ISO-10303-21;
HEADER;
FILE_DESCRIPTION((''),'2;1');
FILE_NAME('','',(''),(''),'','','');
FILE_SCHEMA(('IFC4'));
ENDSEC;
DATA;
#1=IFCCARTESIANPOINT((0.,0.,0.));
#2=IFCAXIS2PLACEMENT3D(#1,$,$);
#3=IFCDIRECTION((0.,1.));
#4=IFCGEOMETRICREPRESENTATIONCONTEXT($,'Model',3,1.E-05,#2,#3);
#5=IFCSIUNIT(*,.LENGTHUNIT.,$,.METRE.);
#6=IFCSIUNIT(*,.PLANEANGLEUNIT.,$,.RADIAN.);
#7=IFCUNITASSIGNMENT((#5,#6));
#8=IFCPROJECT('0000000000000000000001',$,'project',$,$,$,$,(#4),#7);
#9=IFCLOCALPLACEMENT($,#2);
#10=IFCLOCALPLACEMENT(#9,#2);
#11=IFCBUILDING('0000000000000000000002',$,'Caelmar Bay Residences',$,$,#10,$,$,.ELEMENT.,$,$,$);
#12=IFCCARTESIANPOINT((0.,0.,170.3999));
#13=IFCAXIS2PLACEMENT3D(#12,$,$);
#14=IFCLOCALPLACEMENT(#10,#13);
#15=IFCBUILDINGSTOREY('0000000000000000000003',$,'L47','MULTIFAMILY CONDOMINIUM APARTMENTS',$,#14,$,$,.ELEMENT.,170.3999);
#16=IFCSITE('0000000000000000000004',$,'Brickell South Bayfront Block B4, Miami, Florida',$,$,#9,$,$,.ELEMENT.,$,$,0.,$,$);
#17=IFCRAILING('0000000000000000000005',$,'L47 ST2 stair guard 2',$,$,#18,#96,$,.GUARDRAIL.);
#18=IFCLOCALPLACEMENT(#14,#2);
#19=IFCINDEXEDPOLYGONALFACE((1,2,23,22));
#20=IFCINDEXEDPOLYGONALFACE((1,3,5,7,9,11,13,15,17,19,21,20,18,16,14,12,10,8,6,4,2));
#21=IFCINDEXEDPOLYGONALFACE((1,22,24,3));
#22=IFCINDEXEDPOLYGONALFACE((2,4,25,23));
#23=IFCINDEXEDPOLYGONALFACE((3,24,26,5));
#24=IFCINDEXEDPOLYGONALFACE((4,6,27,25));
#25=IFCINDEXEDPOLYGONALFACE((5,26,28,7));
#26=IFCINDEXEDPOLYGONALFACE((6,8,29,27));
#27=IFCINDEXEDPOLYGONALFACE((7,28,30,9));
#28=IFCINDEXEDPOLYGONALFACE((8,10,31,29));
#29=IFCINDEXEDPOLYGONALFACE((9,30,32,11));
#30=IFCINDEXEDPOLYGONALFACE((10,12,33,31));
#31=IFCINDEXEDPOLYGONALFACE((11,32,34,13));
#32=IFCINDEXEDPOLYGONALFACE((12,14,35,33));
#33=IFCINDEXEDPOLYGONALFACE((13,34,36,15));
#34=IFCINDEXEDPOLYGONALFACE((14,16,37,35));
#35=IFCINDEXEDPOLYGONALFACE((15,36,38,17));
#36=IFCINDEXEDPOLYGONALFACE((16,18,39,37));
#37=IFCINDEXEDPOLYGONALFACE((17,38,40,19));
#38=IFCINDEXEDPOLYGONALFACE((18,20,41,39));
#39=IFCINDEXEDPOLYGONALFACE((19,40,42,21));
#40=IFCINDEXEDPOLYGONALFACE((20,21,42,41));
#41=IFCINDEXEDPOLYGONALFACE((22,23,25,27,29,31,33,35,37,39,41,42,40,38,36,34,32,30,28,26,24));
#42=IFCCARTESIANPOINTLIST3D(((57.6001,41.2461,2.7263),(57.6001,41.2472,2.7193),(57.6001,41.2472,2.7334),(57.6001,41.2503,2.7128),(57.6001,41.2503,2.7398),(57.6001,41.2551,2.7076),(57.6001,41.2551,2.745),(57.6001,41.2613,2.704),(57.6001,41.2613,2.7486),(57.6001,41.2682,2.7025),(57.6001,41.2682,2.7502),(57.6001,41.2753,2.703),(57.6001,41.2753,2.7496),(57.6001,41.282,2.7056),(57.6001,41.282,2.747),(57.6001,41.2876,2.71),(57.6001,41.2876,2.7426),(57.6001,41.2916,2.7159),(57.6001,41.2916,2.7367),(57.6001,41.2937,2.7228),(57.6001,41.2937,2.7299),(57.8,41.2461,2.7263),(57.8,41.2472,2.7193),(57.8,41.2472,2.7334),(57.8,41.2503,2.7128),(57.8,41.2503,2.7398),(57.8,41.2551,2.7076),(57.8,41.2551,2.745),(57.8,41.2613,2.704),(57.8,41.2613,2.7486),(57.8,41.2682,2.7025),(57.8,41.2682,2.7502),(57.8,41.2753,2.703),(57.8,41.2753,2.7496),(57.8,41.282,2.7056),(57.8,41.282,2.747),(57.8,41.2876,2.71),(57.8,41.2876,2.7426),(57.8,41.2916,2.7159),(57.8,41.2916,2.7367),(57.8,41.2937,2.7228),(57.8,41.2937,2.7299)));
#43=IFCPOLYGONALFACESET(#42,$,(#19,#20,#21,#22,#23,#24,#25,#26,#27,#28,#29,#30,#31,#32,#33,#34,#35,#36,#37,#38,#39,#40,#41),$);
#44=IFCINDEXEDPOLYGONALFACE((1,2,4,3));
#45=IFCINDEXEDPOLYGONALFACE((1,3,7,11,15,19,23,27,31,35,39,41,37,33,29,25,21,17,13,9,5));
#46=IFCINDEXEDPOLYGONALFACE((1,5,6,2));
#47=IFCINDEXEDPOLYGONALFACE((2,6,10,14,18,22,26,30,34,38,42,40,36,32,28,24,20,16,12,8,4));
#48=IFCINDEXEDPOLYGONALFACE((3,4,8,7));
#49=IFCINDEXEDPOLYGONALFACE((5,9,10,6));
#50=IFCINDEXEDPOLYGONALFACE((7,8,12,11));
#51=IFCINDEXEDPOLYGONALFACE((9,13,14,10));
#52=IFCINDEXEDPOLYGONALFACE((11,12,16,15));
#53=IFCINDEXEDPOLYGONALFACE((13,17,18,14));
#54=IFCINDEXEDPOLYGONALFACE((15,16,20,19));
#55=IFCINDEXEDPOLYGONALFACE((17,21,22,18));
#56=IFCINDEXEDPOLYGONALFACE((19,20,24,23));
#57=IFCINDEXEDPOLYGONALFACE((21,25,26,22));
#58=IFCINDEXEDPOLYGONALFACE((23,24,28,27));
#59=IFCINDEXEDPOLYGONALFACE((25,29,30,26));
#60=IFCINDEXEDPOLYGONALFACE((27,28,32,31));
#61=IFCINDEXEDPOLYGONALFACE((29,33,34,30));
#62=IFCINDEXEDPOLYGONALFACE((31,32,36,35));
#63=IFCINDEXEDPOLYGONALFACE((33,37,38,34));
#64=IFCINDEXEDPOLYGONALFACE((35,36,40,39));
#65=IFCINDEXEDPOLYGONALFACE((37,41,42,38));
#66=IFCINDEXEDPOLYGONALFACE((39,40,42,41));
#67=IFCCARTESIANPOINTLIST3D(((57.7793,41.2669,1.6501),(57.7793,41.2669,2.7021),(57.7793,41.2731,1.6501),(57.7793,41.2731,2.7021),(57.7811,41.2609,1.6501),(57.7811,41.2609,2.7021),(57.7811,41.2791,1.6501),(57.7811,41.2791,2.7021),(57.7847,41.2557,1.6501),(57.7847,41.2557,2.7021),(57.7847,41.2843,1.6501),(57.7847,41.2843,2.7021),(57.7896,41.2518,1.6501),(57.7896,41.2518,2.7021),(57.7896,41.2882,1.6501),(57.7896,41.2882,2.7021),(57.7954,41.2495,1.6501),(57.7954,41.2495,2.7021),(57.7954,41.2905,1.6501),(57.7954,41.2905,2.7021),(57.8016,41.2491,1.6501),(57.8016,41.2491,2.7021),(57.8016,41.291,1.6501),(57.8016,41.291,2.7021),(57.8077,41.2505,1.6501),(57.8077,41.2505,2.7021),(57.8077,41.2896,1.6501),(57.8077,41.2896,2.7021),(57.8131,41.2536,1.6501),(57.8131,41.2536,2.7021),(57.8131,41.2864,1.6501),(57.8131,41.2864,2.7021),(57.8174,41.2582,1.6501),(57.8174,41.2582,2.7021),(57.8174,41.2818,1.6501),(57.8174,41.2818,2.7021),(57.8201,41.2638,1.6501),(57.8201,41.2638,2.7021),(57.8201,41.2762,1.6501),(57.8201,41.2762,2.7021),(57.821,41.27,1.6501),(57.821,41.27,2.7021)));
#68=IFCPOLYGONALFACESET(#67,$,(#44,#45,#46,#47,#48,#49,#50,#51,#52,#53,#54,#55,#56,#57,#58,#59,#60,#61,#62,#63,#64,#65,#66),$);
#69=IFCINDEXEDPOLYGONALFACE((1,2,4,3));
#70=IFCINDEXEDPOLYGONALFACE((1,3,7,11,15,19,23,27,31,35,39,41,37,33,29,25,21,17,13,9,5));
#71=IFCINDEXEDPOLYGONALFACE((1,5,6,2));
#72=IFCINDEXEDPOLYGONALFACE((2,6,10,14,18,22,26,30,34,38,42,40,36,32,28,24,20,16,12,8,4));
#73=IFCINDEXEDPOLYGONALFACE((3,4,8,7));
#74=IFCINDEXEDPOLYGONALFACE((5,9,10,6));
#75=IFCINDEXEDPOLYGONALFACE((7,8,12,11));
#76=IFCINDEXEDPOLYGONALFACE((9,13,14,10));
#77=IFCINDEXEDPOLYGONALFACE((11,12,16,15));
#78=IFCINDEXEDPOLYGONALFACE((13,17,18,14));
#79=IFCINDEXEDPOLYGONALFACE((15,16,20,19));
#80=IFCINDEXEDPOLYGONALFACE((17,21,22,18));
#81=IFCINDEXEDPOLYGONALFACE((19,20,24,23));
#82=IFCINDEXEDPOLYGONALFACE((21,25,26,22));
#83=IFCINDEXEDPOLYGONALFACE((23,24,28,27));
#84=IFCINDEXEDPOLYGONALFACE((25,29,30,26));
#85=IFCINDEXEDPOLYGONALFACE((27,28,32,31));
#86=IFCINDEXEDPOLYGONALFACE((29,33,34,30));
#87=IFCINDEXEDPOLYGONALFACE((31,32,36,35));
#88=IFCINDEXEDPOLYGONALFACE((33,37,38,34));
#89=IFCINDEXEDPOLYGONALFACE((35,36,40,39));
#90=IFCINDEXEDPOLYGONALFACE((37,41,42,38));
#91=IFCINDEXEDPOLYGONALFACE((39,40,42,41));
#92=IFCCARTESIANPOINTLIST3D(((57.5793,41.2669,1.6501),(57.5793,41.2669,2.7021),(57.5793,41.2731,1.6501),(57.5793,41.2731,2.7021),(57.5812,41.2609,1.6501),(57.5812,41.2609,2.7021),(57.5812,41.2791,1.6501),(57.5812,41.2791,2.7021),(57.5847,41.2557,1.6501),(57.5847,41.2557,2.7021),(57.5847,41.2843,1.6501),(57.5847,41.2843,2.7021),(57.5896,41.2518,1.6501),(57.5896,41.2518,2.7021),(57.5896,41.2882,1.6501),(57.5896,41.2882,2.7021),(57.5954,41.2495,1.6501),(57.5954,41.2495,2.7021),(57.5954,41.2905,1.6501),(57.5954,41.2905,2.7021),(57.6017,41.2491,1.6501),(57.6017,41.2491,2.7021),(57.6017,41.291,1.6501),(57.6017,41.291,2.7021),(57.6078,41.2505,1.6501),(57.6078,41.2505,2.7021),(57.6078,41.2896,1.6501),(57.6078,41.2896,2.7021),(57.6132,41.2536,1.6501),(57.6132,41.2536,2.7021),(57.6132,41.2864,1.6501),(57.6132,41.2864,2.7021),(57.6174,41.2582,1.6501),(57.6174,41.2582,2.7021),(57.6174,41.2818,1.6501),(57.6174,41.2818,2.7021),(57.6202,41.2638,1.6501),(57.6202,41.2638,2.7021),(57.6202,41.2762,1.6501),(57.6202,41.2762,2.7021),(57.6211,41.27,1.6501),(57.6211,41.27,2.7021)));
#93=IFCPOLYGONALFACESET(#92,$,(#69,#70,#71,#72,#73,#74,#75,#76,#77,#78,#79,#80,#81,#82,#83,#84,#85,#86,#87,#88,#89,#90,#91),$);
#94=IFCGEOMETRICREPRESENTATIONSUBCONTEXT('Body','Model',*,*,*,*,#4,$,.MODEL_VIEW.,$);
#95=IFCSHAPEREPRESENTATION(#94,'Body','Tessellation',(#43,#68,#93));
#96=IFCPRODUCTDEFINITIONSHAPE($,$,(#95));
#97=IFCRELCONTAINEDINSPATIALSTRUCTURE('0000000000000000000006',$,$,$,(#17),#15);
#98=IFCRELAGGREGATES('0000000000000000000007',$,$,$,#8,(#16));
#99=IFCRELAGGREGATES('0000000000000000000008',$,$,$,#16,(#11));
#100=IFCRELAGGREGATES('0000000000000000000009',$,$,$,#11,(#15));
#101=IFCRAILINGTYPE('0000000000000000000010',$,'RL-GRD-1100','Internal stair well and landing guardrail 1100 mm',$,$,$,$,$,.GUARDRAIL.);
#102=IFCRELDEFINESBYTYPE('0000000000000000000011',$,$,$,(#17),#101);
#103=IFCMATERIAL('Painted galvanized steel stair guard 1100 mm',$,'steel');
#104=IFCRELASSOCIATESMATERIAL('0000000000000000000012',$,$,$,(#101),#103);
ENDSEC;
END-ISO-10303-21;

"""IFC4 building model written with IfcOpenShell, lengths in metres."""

from ifc_helpers import new_model, si_unit, direction, frame, origin, origin_2d, place, context, subcontext, project, spatial, circle, extrude, material, type_object, element, save


model = new_model("IFC4")

# Units and contexts
model_context = context("Model", 3, precision=1e-05, world=origin(), true_north=direction((0.0, 1.0)))
body_context = subcontext(model_context, "Body", "Model", "MODEL_VIEW")
ifc_project = project(units=[si_unit("LENGTHUNIT", "METRE"), si_unit("PLANEANGLEUNIT", "RADIAN")], contexts=[model_context])

# Site, building, storey
site_placement = place(None, origin())
site = spatial("IfcSite", under=ifc_project, at=site_placement, Name="Brickell South Bayfront Block B4, Miami, Florida", CompositionType="ELEMENT", RefElevation=0.0)
building_placement = place(site_placement, origin())
building = spatial("IfcBuilding", under=site, at=building_placement, Name="Caelmar Bay Residences", CompositionType="ELEMENT")
storey_placement = place(building_placement, frame((0.0, 0.0, 170.3999)))
storey = spatial("IfcBuildingStorey", under=building, at=storey_placement, Name="L47", Description="MULTIFAMILY CONDOMINIUM APARTMENTS", CompositionType="ELEMENT", Elevation=170.3999)

# Railing
ifc_material_1 = material(Name="Painted galvanized steel stair guard 1100 mm", Category="steel")
railing_type_1 = type_object("IfcRailingType", Name="RL-GRD-1100", Description="Internal stair well and landing guardrail 1100 mm", PredefinedType="GUARDRAIL", material=ifc_material_1)
railing_1_placement = place(storey_placement, frame((57.8, 41.27, 1.6501)))
element("IfcRailing", 1, at=railing_1_placement, inside=storey, type_object=railing_type_1, Name="L47 ST2 stair guard 2", PredefinedType="GUARDRAIL", context=body_context, shape_type="SweptSolid", body=[
    extrude(circle(Radius=0.0239, at=origin_2d()), frame((0.0, 0.0, 1.0762), z_axis=(-1.0, 0.0, 0.0), x_axis=(0.0, -1.0, 0.0)), (0.0, 0.0, 1.0), 0.2),
    extrude(circle(Radius=0.021, at=origin_2d()), origin(), (0.0, 0.0, 1.0), 1.052),
    extrude(circle(Radius=0.021, at=origin_2d()), frame((-0.2, 0.0, 0.0)), (0.0, 0.0, 1.0), 1.052),
])

save(model, "model.ifc")
